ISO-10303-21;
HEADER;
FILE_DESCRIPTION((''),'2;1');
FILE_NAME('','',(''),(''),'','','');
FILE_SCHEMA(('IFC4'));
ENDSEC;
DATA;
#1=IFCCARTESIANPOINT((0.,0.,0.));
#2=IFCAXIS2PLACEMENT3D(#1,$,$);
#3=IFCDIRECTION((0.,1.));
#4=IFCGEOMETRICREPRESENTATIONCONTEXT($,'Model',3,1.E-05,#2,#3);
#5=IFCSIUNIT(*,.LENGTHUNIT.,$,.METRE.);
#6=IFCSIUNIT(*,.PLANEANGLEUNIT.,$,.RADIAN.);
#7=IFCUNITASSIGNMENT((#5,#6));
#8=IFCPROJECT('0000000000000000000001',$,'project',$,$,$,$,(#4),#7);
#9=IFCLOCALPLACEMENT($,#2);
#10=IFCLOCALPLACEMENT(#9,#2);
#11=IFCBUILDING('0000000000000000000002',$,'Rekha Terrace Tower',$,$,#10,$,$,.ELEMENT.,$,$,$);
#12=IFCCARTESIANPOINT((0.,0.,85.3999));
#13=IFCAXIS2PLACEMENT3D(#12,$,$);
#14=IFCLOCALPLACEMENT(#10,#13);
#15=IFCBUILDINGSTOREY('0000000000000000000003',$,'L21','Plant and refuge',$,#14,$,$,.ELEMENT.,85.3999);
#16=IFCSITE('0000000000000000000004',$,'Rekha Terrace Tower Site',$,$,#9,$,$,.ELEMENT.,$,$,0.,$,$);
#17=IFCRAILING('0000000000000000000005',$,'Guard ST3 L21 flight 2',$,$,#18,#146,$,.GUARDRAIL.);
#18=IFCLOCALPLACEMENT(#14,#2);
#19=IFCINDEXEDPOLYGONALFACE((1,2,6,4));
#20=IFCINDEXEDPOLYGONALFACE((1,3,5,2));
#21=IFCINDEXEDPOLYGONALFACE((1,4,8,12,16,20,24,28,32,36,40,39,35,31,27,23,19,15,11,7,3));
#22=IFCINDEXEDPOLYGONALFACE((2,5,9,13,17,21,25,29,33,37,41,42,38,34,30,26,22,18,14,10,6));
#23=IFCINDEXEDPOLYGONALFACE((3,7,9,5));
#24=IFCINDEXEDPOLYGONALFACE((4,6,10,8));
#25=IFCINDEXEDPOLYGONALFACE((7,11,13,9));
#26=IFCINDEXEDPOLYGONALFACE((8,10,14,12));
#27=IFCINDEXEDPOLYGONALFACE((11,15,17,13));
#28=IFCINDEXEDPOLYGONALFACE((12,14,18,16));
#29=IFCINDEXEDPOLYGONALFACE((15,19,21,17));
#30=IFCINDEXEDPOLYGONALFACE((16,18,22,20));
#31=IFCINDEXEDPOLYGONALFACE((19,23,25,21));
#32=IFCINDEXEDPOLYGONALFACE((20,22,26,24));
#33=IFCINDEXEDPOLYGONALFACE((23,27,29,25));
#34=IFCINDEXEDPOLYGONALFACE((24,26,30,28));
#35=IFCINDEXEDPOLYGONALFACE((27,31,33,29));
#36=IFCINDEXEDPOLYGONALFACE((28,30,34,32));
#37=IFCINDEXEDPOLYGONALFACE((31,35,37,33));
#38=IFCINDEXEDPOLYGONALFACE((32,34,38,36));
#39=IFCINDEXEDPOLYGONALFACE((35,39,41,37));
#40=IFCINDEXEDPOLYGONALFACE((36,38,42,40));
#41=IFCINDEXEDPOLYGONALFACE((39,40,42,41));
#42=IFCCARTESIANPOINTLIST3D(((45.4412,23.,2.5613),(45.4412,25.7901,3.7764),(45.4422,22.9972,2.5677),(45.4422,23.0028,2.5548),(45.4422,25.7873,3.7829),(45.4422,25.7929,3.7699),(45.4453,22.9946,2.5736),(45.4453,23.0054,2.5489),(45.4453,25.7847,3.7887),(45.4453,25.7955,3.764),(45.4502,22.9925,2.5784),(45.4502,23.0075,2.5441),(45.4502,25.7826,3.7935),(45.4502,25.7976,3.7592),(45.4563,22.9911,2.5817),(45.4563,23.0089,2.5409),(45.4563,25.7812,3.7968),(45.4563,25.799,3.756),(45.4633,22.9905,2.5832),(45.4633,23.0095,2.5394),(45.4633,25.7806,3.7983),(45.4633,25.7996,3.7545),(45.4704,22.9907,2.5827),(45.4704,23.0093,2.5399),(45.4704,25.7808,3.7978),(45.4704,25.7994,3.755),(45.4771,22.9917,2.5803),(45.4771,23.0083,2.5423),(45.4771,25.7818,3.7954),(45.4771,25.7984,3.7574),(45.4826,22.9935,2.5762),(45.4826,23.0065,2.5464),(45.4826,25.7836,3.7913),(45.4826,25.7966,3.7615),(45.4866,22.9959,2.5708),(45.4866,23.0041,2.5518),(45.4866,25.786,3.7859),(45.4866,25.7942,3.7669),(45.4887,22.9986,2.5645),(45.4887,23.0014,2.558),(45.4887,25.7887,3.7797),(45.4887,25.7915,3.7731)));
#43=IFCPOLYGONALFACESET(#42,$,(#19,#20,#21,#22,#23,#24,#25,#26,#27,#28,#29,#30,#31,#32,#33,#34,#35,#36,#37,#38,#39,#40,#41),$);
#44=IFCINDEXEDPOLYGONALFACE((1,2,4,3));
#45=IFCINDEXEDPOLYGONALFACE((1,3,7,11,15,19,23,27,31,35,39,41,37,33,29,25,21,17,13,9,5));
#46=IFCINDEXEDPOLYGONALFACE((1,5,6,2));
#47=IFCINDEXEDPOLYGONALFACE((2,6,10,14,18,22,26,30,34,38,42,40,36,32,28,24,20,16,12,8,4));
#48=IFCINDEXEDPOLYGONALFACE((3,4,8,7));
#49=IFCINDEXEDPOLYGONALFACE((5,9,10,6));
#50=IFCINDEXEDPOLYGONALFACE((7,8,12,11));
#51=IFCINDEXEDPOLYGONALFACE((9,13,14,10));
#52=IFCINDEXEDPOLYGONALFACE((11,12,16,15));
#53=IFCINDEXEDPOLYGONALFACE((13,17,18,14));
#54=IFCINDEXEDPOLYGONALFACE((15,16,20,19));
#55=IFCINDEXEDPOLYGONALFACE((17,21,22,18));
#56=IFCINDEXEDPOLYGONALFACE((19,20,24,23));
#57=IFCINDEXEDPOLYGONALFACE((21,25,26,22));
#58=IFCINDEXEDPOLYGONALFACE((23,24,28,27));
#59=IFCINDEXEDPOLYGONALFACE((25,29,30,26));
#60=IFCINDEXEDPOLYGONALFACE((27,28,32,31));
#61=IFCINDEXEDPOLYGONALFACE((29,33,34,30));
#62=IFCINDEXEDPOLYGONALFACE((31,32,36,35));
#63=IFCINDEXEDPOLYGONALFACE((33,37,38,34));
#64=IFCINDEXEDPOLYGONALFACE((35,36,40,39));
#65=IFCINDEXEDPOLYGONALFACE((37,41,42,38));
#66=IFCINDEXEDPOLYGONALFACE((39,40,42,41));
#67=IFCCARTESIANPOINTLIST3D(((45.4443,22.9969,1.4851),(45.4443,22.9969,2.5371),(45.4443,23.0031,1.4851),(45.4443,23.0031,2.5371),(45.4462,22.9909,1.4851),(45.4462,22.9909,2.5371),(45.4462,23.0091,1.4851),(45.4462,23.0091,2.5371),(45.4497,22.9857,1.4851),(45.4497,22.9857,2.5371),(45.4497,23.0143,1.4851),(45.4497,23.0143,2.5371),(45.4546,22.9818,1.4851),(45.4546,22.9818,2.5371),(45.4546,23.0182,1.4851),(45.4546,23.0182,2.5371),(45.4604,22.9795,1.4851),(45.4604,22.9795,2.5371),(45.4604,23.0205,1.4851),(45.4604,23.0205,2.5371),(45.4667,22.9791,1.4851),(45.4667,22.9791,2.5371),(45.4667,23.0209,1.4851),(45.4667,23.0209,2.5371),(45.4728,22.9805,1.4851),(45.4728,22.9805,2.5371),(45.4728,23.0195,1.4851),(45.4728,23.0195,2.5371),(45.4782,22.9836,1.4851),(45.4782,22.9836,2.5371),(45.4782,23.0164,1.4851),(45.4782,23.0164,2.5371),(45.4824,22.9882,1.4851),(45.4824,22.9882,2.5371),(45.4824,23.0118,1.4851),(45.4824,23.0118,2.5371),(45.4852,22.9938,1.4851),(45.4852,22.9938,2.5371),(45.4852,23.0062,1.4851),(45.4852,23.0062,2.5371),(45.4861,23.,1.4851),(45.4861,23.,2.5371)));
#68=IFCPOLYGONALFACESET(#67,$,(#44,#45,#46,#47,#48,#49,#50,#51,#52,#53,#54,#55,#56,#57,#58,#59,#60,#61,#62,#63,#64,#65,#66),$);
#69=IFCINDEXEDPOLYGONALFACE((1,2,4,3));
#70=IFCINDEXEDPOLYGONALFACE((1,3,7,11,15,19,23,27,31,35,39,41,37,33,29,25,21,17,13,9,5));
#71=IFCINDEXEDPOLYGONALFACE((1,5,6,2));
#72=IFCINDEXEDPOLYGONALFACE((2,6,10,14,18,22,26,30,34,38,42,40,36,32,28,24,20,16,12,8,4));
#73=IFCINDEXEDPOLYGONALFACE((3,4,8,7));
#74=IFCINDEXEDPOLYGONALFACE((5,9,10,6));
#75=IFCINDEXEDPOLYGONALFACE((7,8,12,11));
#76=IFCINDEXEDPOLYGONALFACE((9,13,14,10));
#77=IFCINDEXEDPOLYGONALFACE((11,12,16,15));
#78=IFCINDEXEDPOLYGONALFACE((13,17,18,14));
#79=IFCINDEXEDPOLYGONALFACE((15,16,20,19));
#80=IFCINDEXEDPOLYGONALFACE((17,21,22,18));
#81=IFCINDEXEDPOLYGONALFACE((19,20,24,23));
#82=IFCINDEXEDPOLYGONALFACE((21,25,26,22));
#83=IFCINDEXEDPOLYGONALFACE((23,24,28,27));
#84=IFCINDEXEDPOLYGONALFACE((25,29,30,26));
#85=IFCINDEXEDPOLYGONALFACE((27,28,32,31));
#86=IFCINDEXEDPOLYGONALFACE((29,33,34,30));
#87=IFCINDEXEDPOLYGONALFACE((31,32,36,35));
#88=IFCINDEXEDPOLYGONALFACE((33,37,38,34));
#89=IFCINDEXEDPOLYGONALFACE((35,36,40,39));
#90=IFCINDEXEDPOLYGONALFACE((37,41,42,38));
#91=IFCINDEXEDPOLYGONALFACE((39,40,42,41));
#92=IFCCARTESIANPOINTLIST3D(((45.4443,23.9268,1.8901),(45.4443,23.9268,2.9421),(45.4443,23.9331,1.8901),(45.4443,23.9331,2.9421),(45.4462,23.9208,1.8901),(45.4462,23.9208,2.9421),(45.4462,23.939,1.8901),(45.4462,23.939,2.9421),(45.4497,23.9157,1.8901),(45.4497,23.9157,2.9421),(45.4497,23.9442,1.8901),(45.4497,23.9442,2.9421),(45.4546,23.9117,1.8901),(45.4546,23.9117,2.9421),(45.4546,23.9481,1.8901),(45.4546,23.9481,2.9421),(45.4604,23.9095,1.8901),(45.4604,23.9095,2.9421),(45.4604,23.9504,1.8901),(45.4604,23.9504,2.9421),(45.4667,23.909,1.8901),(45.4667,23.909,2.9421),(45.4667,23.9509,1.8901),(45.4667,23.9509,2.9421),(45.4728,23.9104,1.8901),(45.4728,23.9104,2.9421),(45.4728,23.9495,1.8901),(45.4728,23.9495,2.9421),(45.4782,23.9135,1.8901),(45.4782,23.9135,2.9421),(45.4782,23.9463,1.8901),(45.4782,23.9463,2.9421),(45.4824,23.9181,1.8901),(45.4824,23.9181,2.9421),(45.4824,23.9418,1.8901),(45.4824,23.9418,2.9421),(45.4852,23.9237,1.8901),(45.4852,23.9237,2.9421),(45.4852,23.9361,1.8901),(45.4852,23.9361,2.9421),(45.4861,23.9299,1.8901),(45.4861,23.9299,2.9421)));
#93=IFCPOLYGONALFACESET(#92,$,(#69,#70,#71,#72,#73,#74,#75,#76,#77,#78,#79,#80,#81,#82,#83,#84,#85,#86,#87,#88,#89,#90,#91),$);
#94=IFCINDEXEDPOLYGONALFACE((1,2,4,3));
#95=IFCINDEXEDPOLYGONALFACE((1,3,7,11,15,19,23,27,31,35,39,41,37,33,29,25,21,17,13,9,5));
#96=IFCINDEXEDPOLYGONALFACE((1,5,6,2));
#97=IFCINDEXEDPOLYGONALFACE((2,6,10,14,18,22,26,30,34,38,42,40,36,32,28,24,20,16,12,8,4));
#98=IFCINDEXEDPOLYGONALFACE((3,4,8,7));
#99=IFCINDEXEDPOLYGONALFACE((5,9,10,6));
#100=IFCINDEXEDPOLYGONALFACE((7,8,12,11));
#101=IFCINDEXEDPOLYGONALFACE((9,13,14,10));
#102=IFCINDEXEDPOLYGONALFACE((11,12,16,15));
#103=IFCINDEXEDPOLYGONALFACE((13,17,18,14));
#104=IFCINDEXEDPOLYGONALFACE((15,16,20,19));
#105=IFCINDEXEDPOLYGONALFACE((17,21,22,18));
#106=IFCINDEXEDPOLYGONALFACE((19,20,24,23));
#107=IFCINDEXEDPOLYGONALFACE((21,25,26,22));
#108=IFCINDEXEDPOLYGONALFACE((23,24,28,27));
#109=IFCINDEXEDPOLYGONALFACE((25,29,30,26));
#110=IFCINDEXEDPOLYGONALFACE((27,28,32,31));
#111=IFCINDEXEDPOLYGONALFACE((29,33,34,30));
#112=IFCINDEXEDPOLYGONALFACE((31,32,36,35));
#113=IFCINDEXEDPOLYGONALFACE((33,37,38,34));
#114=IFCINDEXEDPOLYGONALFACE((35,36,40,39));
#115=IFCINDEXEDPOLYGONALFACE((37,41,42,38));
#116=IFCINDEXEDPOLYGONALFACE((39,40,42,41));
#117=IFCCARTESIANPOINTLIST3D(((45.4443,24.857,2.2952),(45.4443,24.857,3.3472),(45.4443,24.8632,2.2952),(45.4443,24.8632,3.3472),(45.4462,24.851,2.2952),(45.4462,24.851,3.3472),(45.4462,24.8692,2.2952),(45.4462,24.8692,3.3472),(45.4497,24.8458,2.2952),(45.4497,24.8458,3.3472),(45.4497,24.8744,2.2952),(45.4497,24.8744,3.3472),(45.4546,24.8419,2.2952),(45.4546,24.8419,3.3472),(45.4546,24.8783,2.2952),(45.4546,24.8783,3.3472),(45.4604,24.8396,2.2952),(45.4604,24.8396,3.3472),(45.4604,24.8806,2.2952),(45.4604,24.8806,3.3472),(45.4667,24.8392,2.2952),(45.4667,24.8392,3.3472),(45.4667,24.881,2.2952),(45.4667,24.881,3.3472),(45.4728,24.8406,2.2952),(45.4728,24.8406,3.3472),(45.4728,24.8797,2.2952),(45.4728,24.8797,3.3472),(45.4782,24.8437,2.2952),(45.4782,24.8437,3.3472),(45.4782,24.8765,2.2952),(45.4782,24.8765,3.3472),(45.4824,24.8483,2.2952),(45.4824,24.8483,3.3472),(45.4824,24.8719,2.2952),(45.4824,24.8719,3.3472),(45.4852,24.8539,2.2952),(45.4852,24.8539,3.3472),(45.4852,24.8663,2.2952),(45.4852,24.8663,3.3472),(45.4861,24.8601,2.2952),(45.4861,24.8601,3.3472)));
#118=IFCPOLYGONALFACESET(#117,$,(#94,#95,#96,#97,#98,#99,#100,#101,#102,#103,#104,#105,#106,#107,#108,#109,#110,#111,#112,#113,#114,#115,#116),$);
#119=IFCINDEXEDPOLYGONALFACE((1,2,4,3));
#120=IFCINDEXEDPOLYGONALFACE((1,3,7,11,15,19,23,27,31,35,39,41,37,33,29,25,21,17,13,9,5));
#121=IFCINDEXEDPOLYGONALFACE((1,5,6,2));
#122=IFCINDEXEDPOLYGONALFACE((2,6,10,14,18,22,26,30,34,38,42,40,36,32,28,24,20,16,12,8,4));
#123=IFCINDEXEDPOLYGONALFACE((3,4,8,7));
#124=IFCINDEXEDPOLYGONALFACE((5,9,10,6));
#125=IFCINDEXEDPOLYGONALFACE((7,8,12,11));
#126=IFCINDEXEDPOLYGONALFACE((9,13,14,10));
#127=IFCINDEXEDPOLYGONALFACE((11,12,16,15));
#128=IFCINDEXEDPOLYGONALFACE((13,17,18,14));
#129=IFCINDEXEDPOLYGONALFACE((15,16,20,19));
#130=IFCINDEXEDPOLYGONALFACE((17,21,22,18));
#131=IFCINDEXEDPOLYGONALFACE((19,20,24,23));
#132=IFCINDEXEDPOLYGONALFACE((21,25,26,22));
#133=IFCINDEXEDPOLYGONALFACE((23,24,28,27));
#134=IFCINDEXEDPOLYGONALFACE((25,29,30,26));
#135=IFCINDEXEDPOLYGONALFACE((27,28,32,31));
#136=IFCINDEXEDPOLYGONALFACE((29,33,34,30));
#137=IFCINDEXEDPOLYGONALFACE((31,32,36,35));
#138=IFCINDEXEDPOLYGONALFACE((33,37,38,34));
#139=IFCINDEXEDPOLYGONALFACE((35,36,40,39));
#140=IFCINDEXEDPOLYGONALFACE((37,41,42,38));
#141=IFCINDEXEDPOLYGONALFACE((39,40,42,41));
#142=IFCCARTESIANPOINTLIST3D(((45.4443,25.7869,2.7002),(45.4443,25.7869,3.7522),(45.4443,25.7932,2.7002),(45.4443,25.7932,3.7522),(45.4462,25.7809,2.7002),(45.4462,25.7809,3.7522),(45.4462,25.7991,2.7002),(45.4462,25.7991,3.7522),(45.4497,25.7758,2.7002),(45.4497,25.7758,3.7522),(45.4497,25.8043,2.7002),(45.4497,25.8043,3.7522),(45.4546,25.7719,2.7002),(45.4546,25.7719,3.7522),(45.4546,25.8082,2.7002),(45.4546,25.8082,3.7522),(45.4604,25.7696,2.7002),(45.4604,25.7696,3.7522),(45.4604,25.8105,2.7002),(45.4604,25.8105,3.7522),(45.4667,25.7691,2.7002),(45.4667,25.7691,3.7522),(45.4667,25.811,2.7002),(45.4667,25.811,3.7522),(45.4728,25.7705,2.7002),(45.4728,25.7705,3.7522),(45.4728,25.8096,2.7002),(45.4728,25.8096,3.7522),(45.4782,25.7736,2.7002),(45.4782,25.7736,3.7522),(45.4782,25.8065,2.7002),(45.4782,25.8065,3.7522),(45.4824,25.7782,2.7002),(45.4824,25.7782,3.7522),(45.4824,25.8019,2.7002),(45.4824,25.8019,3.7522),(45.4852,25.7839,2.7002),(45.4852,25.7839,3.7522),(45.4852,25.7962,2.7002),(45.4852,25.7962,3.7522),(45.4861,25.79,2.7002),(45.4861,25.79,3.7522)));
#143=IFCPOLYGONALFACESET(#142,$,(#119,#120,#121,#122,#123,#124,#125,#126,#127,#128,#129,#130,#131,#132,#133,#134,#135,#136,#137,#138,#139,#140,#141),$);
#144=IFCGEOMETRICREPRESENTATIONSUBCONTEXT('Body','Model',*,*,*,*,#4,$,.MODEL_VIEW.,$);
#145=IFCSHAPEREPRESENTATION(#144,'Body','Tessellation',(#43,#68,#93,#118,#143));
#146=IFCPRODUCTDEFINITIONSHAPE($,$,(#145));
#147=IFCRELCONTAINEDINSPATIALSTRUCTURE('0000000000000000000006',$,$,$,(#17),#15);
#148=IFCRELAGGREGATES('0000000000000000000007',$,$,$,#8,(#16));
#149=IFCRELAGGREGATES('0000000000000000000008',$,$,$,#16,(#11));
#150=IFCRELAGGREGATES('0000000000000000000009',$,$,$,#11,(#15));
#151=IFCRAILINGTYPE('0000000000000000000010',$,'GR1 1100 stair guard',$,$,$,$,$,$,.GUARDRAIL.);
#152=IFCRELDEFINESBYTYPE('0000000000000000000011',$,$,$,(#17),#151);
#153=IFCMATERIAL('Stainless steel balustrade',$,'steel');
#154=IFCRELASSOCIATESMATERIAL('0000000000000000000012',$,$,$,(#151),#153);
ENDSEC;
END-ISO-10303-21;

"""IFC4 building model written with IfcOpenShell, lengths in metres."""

from ifc_helpers import new_model, si_unit, direction, frame, origin, origin_2d, place, context, subcontext, project, spatial, circle, extrude, material, type_object, element, save


model = new_model("IFC4")

# Units and contexts
model_context = context("Model", 3, precision=1e-05, world=origin(), true_north=direction((0.0, 1.0)))
body_context = subcontext(model_context, "Body", "Model", "MODEL_VIEW")
ifc_project = project(units=[si_unit("LENGTHUNIT", "METRE"), si_unit("PLANEANGLEUNIT", "RADIAN")], contexts=[model_context])

# Site, building, storey
site_placement = place(None, origin())
site = spatial("IfcSite", under=ifc_project, at=site_placement, Name="Rekha Terrace Tower Site", CompositionType="ELEMENT", RefElevation=0.0)
building_placement = place(site_placement, origin())
building = spatial("IfcBuilding", under=site, at=building_placement, Name="Rekha Terrace Tower", CompositionType="ELEMENT")
storey_placement = place(building_placement, frame((0.0, 0.0, 85.3999)))
storey = spatial("IfcBuildingStorey", under=building, at=storey_placement, Name="L21", Description="Plant and refuge", CompositionType="ELEMENT", Elevation=85.3999)

# Railing
ifc_material_1 = material(Name="Stainless steel balustrade", Category="steel")
railing_type_1 = type_object("IfcRailingType", Name="GR1 1100 stair guard", PredefinedType="GUARDRAIL", material=ifc_material_1)
railing_1_placement = place(storey_placement, frame((45.4651, 23.0, 1.4851)))
element("IfcRailing", 1, at=railing_1_placement, inside=storey, type_object=railing_type_1, Name="Guard ST3 L21 flight 2", PredefinedType="GUARDRAIL", context=body_context, shape_type="SweptSolid", body=[
    extrude(circle(Radius=0.0239, at=origin_2d()), frame((0.0, 0.0, 1.0762), z_axis=(0.0, 0.916826, 0.399286), x_axis=(-1.0, 0.0, 0.0)), (0.0, 0.0, 1.0), 3.0432),
    extrude(circle(Radius=0.021, at=origin_2d()), origin(), (0.0, 0.0, 1.0), 1.052),
    extrude(circle(Radius=0.021, at=origin_2d()), frame((0.0, 0.9299, 0.405)), (0.0, 0.0, 1.0), 1.052),
    extrude(circle(Radius=0.021, at=origin_2d()), frame((0.0, 1.8601, 0.8101)), (0.0, 0.0, 1.0), 1.052),
    extrude(circle(Radius=0.021, at=origin_2d()), frame((0.0, 2.79, 1.2151)), (0.0, 0.0, 1.0), 1.052),
])

save(model, "model.ifc")
